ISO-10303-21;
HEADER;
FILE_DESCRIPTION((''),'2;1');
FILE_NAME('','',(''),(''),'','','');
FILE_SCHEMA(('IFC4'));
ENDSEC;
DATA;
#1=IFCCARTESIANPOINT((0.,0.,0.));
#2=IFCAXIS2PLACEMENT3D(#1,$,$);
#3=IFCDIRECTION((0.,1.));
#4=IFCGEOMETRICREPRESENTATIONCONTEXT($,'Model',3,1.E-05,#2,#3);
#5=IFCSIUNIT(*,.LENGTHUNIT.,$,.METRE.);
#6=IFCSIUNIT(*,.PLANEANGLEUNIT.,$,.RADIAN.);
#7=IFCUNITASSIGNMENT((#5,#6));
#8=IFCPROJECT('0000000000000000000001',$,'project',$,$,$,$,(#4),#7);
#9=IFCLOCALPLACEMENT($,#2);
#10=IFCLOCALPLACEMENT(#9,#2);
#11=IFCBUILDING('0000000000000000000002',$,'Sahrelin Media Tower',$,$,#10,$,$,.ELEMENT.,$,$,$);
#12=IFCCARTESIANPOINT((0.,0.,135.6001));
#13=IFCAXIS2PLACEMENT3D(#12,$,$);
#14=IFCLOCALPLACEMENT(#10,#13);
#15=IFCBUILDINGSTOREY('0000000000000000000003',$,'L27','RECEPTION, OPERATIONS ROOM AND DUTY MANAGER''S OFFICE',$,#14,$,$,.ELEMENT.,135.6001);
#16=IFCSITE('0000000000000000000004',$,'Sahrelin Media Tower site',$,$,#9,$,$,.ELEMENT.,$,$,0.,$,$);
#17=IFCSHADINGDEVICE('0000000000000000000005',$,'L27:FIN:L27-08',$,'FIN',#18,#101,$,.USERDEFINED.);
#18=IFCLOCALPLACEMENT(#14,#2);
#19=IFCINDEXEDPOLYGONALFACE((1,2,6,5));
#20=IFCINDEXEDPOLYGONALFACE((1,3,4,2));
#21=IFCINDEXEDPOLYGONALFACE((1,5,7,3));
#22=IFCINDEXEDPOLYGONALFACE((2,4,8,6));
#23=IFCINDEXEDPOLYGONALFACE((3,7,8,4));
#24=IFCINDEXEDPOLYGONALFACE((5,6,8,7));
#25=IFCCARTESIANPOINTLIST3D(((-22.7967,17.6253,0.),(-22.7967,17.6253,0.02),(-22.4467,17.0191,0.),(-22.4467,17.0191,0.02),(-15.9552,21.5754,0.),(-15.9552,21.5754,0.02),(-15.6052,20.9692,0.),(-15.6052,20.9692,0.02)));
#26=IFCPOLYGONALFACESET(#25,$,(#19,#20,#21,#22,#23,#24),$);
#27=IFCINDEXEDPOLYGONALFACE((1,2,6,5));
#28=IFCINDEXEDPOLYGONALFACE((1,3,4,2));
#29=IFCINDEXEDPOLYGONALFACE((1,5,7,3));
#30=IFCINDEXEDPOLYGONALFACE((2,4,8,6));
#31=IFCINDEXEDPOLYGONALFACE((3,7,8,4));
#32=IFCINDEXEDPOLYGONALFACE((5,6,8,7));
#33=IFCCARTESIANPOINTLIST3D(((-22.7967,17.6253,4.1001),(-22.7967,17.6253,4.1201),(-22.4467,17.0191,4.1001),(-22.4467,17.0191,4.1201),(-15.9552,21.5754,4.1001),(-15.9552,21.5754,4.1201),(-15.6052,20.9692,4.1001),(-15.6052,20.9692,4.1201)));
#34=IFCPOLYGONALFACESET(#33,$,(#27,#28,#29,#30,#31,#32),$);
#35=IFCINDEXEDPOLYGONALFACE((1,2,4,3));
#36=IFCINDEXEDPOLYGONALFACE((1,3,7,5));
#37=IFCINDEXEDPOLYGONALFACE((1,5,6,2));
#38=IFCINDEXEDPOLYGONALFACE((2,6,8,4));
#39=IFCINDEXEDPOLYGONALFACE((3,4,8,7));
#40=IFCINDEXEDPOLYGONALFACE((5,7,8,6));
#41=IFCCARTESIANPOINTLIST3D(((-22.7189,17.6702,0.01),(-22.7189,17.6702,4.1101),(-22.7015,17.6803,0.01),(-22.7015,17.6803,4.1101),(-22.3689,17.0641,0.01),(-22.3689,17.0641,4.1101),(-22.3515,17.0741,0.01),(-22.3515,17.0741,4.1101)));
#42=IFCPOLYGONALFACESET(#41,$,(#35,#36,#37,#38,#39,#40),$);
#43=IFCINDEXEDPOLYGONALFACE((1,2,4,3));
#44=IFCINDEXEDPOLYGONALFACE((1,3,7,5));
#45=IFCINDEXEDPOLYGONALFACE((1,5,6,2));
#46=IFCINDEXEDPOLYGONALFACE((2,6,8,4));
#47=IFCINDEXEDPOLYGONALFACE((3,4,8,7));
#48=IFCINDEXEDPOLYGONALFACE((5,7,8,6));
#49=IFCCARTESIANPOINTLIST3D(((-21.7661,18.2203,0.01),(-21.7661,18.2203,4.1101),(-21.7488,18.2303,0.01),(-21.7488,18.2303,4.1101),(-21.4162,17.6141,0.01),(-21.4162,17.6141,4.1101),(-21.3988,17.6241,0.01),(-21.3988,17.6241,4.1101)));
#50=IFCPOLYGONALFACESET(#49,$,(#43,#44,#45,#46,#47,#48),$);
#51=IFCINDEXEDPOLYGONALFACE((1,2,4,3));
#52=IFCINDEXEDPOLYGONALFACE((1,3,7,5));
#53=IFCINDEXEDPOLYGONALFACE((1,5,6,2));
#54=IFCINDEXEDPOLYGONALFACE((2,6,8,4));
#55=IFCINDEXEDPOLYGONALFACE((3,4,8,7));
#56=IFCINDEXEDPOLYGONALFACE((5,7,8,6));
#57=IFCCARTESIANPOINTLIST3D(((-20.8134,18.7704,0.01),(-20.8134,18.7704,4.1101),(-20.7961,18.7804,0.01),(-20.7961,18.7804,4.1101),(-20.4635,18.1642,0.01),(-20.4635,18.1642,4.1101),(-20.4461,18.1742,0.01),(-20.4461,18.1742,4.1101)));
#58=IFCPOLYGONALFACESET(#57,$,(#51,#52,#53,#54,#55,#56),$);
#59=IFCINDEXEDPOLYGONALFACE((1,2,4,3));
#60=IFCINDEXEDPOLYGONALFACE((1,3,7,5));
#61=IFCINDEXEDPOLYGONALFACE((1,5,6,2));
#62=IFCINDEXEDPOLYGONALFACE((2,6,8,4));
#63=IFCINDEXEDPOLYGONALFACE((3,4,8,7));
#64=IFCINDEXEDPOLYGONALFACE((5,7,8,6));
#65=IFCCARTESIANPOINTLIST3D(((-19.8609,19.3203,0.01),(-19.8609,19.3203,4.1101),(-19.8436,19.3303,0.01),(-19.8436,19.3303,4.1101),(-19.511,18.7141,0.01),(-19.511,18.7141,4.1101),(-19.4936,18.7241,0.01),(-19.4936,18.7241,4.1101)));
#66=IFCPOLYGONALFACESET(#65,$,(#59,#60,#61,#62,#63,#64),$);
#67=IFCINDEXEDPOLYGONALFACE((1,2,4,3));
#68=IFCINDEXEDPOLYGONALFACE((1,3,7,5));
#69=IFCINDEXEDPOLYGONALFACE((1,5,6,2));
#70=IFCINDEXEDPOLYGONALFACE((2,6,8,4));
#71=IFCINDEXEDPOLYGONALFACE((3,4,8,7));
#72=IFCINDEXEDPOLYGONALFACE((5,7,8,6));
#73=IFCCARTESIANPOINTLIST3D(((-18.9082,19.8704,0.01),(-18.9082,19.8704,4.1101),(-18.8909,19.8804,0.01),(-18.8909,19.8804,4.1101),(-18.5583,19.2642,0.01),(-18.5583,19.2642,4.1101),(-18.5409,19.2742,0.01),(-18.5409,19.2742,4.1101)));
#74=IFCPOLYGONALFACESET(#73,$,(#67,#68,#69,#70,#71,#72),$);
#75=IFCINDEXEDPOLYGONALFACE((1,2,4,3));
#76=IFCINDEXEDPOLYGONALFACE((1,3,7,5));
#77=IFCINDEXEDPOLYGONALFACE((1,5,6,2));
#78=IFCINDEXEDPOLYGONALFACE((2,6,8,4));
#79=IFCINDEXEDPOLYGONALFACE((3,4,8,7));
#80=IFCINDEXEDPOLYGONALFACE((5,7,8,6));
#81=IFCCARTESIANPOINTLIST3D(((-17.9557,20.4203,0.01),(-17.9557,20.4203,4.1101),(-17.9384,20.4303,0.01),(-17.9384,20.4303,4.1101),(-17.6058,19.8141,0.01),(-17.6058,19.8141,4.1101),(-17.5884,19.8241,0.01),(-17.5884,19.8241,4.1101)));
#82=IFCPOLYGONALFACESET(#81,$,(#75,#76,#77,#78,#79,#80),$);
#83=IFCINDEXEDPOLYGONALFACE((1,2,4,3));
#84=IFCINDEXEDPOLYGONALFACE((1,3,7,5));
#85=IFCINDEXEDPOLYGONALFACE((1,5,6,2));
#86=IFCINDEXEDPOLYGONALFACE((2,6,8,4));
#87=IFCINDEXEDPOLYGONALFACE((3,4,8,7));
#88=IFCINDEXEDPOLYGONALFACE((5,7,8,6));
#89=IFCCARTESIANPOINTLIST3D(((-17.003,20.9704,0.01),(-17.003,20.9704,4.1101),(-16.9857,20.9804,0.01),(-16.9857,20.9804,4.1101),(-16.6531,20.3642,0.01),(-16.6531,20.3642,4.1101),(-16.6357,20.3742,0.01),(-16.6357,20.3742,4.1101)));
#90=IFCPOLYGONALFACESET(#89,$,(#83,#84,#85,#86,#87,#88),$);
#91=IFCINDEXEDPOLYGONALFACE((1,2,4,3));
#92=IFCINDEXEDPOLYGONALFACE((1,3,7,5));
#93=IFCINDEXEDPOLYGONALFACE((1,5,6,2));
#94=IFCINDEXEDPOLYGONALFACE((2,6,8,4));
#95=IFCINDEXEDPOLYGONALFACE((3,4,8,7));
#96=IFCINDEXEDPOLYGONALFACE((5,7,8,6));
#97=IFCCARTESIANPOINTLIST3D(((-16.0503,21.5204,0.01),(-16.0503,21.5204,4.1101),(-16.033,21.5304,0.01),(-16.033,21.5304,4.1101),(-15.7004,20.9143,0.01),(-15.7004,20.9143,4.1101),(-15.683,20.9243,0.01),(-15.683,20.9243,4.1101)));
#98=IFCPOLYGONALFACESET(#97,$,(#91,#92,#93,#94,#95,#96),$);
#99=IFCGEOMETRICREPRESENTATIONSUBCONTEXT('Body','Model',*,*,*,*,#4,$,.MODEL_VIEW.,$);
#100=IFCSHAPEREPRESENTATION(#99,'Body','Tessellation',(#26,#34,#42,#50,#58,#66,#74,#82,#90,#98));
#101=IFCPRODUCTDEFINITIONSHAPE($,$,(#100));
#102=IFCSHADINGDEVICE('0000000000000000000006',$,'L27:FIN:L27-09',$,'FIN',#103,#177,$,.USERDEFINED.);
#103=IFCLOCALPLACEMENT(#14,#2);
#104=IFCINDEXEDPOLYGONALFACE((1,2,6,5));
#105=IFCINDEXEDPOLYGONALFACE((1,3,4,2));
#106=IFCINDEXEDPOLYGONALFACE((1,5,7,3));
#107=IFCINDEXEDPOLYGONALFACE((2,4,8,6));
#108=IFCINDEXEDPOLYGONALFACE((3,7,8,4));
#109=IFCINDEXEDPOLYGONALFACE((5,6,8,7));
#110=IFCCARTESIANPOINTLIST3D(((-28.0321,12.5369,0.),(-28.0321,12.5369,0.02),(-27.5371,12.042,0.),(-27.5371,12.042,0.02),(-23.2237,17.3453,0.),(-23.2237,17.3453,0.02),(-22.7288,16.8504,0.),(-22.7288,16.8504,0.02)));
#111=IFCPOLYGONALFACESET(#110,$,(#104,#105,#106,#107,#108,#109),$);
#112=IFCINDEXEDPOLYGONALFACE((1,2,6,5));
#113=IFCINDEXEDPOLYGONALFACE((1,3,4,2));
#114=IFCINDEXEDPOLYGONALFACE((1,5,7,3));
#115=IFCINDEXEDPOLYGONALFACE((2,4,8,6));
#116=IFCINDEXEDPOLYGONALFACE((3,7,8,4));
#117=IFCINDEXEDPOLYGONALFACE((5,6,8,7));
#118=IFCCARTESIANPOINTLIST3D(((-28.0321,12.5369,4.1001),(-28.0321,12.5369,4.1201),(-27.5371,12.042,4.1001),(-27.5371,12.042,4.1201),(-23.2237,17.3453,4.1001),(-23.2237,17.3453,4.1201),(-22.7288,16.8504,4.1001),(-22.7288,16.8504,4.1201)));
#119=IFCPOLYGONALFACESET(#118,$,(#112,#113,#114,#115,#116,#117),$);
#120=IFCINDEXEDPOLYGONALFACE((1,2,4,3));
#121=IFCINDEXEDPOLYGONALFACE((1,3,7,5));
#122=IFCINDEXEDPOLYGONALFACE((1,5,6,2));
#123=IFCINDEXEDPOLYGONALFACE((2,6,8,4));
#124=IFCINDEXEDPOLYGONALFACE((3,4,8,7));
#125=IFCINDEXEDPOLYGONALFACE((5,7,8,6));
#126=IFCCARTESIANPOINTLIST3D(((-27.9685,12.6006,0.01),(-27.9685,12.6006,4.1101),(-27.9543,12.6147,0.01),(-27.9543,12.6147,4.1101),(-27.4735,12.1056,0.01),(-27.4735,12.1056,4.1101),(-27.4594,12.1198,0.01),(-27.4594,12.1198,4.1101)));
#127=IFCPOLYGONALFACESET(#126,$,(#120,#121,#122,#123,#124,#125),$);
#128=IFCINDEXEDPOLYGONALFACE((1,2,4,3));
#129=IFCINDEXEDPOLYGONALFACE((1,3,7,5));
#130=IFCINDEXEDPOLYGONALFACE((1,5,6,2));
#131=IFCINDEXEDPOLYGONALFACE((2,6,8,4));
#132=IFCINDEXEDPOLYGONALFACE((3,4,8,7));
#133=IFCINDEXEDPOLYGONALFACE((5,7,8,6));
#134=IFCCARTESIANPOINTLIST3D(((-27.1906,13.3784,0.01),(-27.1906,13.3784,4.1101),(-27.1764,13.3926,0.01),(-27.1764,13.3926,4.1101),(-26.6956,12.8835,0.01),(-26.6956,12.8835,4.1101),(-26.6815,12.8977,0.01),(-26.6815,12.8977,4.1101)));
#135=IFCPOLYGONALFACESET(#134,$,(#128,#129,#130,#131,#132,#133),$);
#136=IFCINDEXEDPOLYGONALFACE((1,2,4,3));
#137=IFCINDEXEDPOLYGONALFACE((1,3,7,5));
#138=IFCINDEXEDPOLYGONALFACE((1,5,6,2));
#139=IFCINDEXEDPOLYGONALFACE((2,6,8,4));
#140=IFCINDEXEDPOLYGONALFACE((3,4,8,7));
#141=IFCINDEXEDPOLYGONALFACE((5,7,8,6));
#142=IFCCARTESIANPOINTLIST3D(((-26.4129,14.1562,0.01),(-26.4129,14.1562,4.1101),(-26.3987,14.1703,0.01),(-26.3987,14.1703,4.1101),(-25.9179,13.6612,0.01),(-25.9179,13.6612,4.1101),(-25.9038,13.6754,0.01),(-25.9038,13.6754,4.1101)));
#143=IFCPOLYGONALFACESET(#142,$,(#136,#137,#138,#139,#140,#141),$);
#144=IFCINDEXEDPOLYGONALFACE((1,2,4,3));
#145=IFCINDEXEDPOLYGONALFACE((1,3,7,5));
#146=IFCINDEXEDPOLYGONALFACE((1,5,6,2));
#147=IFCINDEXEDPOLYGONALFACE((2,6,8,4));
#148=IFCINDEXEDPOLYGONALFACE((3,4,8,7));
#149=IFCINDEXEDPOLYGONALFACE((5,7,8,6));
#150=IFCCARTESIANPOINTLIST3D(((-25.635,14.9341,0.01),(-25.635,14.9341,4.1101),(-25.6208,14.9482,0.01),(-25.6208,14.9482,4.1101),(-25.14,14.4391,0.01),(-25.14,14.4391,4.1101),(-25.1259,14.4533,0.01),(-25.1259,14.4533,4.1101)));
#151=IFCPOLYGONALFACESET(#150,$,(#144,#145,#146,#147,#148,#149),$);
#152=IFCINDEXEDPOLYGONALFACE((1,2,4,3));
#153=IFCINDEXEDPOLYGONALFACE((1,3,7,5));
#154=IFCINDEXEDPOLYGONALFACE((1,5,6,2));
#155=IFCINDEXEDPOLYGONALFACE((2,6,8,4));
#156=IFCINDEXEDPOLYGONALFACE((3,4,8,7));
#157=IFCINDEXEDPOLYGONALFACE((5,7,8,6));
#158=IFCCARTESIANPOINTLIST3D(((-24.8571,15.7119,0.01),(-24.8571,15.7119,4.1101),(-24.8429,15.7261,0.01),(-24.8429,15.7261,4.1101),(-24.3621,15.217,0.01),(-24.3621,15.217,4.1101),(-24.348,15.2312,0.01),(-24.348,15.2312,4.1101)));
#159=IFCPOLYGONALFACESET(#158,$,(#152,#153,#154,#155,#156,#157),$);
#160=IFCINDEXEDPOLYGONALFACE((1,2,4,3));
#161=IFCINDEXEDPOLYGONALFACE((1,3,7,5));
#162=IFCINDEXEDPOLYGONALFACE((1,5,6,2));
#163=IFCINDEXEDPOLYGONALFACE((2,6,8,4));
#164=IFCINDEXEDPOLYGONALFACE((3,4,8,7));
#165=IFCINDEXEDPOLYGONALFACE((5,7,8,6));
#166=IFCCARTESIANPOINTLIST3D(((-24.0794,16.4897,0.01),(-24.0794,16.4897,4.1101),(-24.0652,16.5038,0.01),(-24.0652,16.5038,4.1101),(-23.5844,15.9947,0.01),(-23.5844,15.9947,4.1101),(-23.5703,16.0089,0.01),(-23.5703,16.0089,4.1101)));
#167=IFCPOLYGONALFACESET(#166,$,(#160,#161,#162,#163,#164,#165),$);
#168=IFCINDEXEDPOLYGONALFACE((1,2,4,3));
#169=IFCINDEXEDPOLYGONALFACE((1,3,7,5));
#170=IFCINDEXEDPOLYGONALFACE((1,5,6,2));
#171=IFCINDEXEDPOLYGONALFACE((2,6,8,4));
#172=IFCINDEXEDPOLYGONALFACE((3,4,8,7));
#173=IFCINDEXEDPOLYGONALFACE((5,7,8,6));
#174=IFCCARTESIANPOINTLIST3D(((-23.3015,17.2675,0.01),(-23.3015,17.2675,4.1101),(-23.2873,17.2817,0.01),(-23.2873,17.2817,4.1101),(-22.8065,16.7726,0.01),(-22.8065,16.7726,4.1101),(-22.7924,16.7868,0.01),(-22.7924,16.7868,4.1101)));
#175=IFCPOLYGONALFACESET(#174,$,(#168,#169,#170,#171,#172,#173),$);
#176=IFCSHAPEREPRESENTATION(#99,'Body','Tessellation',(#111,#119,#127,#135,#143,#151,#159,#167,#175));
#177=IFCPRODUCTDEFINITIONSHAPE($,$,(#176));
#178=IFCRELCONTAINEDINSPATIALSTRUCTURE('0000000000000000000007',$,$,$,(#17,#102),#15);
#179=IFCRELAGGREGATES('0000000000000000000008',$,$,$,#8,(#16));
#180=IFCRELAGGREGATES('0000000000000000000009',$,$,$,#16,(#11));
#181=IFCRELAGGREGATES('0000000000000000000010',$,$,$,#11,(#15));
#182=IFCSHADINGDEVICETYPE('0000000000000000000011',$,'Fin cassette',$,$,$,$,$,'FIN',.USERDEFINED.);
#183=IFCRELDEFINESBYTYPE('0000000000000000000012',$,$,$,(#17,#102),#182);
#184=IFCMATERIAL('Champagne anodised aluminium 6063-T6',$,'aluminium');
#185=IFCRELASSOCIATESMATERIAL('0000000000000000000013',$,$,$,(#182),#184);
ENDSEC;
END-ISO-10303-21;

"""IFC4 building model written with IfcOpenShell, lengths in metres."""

from ifc_helpers import new_model, si_unit, direction, frame, origin, origin_2d, place, context, subcontext, project, spatial, rectangle, extrude, material, type_object, element, save


model = new_model("IFC4")

# Units and contexts
model_context = context("Model", 3, precision=1e-05, world=origin(), true_north=direction((0.0, 1.0)))
body_context = subcontext(model_context, "Body", "Model", "MODEL_VIEW")
ifc_project = project(units=[si_unit("LENGTHUNIT", "METRE"), si_unit("PLANEANGLEUNIT", "RADIAN")], contexts=[model_context])

# Site, building, storey
site_placement = place(None, origin())
site = spatial("IfcSite", under=ifc_project, at=site_placement, Name="Sahrelin Media Tower site", CompositionType="ELEMENT", RefElevation=0.0)
building_placement = place(site_placement, origin())
building = spatial("IfcBuilding", under=site, at=building_placement, Name="Sahrelin Media Tower", CompositionType="ELEMENT")
storey_placement = place(building_placement, frame((0.0, 0.0, 135.6001)))
storey = spatial("IfcBuildingStorey", under=building, at=storey_placement, Name="L27", Description="RECEPTION, OPERATIONS ROOM AND DUTY MANAGER'S OFFICE", CompositionType="ELEMENT", Elevation=135.6001)

# Shared definitions
ifc_material_1 = material(Name="Champagne anodised aluminium 6063-T6", Category="aluminium")

# Shading devices
shading_device_type_1 = type_object("IfcShadingDeviceType", Name="Fin cassette", ElementType="FIN", PredefinedType="USERDEFINED", material=ifc_material_1)
placement_1 = place(storey_placement, frame((-18.991, 18.9336, 0.0), z_axis=(0.0, 0.0, 1.0), x_axis=(0.866019, 0.500011, 0.0)))
element("IfcShadingDevice", 1, at=placement_1, inside=storey, type_object=shading_device_type_1, Name="L27:FIN:L27-08", ObjectType="FIN", PredefinedType="USERDEFINED", context=body_context, shape_type="SweptSolid", body=[
    extrude(rectangle(XDim=7.8999, YDim=0.7, at=origin_2d()), frame((0.0, 0.4199, 0.0)), (0.0, 0.0, 1.0), 0.02),
    extrude(rectangle(XDim=7.8999, YDim=0.7, at=origin_2d()), frame((0.0, 0.4199, 4.1001)), (0.0, 0.0, 1.0), 0.02),
    extrude(rectangle(XDim=0.02, YDim=0.7, at=origin_2d()), frame((-3.8501, 0.4199, 0.01), z_axis=(0.0, 0.0, 1.0), x_axis=(1.0, 0.0, 0.0)), (0.0, 0.0, 1.0), 4.1001),
    extrude(rectangle(XDim=0.02, YDim=0.7, at=origin_2d()), frame((-2.75, 0.4199, 0.01), z_axis=(0.0, 0.0, 1.0), x_axis=(1.0, 0.0, 0.0)), (0.0, 0.0, 1.0), 4.1001),
    extrude(rectangle(XDim=0.02, YDim=0.7, at=origin_2d()), frame((-1.6499, 0.4199, 0.01), z_axis=(0.0, 0.0, 1.0), x_axis=(1.0, 0.0, 0.0)), (0.0, 0.0, 1.0), 4.1001),
    extrude(rectangle(XDim=0.02, YDim=0.7, at=origin_2d()), frame((-0.55, 0.4199, 0.01), z_axis=(0.0, 0.0, 1.0), x_axis=(1.0, 0.0, 0.0)), (0.0, 0.0, 1.0), 4.1001),
    extrude(rectangle(XDim=0.02, YDim=0.7, at=origin_2d()), frame((0.55, 0.4199, 0.01), z_axis=(0.0, 0.0, 1.0), x_axis=(1.0, 0.0, 0.0)), (0.0, 0.0, 1.0), 4.1001),
    extrude(rectangle(XDim=0.02, YDim=0.7, at=origin_2d()), frame((1.6499, 0.4199, 0.01), z_axis=(0.0, 0.0, 1.0), x_axis=(1.0, 0.0, 0.0)), (0.0, 0.0, 1.0), 4.1001),
    extrude(rectangle(XDim=0.02, YDim=0.7, at=origin_2d()), frame((2.75, 0.4199, 0.01), z_axis=(0.0, 0.0, 1.0), x_axis=(1.0, 0.0, 0.0)), (0.0, 0.0, 1.0), 4.1001),
    extrude(rectangle(XDim=0.02, YDim=0.7, at=origin_2d()), frame((3.8501, 0.4199, 0.01), z_axis=(0.0, 0.0, 1.0), x_axis=(1.0, 0.0, 0.0)), (0.0, 0.0, 1.0), 4.1001),
])
placement_2 = place(storey_placement, frame((-25.0835, 14.3967, 0.0), z_axis=(0.0, 0.0, 1.0), x_axis=(0.707107, 0.707107, 0.0)))
element("IfcShadingDevice", 2, at=placement_2, inside=storey, type_object=shading_device_type_1, Name="L27:FIN:L27-09", ObjectType="FIN", PredefinedType="USERDEFINED", context=body_context, shape_type="SweptSolid", body=[
    extrude(rectangle(XDim=6.8, YDim=0.7, at=origin_2d()), frame((0.0, 0.4199, 0.0)), (0.0, 0.0, 1.0), 0.02),
    extrude(rectangle(XDim=6.8, YDim=0.7, at=origin_2d()), frame((0.0, 0.4199, 4.1001)), (0.0, 0.0, 1.0), 0.02),
    extrude(rectangle(XDim=0.02, YDim=0.7, at=origin_2d()), frame((-3.3, 0.4199, 0.01), z_axis=(0.0, 0.0, 1.0), x_axis=(1.0, 0.0, 0.0)), (0.0, 0.0, 1.0), 4.1001),
    extrude(rectangle(XDim=0.02, YDim=0.7, at=origin_2d()), frame((-2.2, 0.4199, 0.01), z_axis=(0.0, 0.0, 1.0), x_axis=(1.0, 0.0, 0.0)), (0.0, 0.0, 1.0), 4.1001),
    extrude(rectangle(XDim=0.02, YDim=0.7, at=origin_2d()), frame((-1.1001, 0.4199, 0.01), z_axis=(0.0, 0.0, 1.0), x_axis=(1.0, 0.0, 0.0)), (0.0, 0.0, 1.0), 4.1001),
    extrude(rectangle(XDim=0.02, YDim=0.7, at=origin_2d()), frame((0.0, 0.4199, 0.01), z_axis=(0.0, 0.0, 1.0), x_axis=(1.0, 0.0, 0.0)), (0.0, 0.0, 1.0), 4.1001),
    extrude(rectangle(XDim=0.02, YDim=0.7, at=origin_2d()), frame((1.1001, 0.4199, 0.01), z_axis=(0.0, 0.0, 1.0), x_axis=(1.0, 0.0, 0.0)), (0.0, 0.0, 1.0), 4.1001),
    extrude(rectangle(XDim=0.02, YDim=0.7, at=origin_2d()), frame((2.2, 0.4199, 0.01), z_axis=(0.0, 0.0, 1.0), x_axis=(1.0, 0.0, 0.0)), (0.0, 0.0, 1.0), 4.1001),
    extrude(rectangle(XDim=0.02, YDim=0.7, at=origin_2d()), frame((3.3, 0.4199, 0.01), z_axis=(0.0, 0.0, 1.0), x_axis=(1.0, 0.0, 0.0)), (0.0, 0.0, 1.0), 4.1001),
])

save(model, "model.ifc")
